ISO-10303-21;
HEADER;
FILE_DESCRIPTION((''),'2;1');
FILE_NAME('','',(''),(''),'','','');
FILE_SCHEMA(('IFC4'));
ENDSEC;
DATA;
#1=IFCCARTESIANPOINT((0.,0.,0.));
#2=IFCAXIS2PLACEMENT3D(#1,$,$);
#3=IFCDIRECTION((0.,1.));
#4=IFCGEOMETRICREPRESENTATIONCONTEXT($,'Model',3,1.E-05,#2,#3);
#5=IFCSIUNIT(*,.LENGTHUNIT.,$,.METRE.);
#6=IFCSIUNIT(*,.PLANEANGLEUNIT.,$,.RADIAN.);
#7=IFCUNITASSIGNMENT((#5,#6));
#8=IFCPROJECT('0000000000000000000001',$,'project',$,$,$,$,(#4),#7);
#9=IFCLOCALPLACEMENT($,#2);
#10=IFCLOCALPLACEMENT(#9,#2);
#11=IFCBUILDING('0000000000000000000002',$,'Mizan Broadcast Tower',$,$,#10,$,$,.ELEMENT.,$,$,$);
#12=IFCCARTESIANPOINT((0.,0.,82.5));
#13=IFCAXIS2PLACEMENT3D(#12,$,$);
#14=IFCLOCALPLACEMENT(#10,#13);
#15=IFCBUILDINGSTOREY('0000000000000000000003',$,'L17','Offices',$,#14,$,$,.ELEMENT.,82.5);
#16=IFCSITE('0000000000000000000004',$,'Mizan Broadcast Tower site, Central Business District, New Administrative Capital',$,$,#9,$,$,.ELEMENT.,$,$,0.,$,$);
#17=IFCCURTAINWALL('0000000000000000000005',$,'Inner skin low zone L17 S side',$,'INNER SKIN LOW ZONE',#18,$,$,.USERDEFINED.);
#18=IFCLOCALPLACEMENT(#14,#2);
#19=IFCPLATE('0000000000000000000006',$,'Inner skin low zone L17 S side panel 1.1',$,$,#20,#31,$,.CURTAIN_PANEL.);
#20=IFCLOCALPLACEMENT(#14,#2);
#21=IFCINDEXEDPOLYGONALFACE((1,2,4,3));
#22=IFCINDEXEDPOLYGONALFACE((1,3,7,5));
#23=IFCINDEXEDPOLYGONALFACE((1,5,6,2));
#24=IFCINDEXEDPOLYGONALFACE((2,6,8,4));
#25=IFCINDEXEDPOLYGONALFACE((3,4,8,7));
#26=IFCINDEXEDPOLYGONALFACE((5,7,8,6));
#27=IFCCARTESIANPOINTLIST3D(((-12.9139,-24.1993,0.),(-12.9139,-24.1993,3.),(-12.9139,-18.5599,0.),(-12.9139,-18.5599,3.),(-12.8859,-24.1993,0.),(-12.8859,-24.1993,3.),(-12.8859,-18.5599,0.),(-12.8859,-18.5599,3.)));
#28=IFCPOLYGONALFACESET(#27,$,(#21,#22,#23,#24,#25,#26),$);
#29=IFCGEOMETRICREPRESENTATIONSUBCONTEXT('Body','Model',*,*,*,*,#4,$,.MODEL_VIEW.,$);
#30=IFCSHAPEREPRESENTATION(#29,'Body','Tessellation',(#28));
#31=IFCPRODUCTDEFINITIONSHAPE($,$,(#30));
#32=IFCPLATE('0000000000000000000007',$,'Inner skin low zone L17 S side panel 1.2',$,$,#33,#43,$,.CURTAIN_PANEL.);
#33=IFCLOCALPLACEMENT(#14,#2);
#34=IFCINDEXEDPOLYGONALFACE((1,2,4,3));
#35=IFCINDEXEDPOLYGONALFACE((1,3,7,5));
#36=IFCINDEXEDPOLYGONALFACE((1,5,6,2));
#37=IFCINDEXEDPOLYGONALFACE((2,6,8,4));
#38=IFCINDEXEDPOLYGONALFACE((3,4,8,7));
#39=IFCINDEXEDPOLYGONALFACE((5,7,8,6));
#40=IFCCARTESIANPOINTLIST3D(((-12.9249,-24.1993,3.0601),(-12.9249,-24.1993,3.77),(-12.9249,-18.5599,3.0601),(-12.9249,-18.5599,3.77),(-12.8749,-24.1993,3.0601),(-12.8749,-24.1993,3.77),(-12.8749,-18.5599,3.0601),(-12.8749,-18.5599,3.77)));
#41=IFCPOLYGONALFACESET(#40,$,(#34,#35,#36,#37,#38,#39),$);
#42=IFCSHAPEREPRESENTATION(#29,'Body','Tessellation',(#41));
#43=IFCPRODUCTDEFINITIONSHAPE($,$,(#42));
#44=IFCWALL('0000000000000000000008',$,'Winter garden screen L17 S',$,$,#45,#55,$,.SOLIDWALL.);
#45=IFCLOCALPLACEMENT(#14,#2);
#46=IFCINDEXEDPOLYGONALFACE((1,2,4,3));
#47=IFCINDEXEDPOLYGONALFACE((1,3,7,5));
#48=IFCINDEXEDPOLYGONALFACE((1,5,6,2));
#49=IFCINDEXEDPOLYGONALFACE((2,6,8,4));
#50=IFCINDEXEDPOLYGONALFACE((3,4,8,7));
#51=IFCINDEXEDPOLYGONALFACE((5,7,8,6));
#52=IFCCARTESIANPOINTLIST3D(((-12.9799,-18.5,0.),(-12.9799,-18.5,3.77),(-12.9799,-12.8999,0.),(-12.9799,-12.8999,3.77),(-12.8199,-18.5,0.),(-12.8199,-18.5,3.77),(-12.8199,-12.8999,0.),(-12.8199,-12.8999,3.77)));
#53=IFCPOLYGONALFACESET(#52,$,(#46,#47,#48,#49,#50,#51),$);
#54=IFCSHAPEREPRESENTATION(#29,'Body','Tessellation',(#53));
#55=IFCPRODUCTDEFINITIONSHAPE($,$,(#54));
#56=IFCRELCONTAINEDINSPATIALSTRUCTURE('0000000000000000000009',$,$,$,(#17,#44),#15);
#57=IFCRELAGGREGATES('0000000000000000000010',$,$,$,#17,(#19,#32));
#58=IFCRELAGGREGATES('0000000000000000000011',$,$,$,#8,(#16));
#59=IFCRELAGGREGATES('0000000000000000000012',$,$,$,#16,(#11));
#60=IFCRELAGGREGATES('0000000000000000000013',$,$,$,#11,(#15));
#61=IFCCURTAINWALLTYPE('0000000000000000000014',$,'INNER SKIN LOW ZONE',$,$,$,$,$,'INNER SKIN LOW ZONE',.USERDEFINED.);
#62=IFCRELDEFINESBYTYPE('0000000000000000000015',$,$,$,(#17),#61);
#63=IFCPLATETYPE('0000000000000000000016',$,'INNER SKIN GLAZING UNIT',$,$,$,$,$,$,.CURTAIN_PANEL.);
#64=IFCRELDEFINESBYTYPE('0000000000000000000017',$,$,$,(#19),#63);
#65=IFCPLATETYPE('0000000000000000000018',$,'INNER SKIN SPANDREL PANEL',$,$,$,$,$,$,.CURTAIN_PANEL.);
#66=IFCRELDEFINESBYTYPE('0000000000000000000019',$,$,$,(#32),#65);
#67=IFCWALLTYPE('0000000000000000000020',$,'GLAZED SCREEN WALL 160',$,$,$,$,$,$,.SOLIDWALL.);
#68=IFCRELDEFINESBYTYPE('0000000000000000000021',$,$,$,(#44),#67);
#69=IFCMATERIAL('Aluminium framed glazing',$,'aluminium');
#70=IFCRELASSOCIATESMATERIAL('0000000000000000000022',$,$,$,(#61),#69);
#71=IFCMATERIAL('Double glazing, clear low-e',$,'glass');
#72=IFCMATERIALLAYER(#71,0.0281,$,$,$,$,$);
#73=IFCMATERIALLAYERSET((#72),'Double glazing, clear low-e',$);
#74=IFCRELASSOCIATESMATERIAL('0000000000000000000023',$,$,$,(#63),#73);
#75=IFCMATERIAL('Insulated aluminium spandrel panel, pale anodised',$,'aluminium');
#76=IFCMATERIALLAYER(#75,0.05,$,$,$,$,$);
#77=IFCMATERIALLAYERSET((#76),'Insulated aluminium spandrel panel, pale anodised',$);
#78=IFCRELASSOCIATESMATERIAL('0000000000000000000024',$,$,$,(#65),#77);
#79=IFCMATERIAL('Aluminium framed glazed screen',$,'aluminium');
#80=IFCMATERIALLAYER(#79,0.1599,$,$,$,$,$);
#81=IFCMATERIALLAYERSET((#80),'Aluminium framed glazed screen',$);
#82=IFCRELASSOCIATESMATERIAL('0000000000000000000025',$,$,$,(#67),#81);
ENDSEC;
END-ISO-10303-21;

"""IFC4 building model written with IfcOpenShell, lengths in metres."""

from ifc_helpers import new_model, si_unit, direction, frame, frame_2d, origin, origin_2d, place, context, subcontext, project, spatial, rectangle, extrude, material, layer, layer_set, type_object, element, aggregate, save


model = new_model("IFC4")

# Units and contexts
model_context = context("Model", 3, precision=1e-05, world=origin(), true_north=direction((0.0, 1.0)))
body_context = subcontext(model_context, "Body", "Model", "MODEL_VIEW")
ifc_project = project(units=[si_unit("LENGTHUNIT", "METRE"), si_unit("PLANEANGLEUNIT", "RADIAN")], contexts=[model_context])

# Site, building, storey
site_placement = place(None, origin())
site = spatial("IfcSite", under=ifc_project, at=site_placement, Name="Mizan Broadcast Tower site, Central Business District, New Administrative Capital", CompositionType="ELEMENT", RefElevation=0.0)
building_placement = place(site_placement, origin())
building = spatial("IfcBuilding", under=site, at=building_placement, Name="Mizan Broadcast Tower", CompositionType="ELEMENT")
storey_placement = place(building_placement, frame((0.0, 0.0, 82.5)))
storey = spatial("IfcBuildingStorey", under=building, at=storey_placement, Name="L17", Description="Offices", CompositionType="ELEMENT", Elevation=82.5)

# Curtain wall
ifc_material_1 = material(Name="Aluminium framed glazing", Category="aluminium")
curtain_wall_type_1 = type_object("IfcCurtainWallType", Name="INNER SKIN LOW ZONE", ElementType="INNER SKIN LOW ZONE", PredefinedType="USERDEFINED", material=ifc_material_1)
curtain_wall_1_placement = place(storey_placement, origin())
curtain_wall_1 = element("IfcCurtainWall", 1, at=curtain_wall_1_placement, inside=storey, type_object=curtain_wall_type_1, Name="Inner skin low zone L17 S side", ObjectType="INNER SKIN LOW ZONE", PredefinedType="USERDEFINED")

# Plates
ifc_material_2 = material(Name="Double glazing, clear low-e", Category="glass")
ifc_layer_1 = layer(ifc_material_2, 0.0281)
ifc_layer_set_1 = layer_set([ifc_layer_1], Name="Double glazing, clear low-e")
plate_type_1 = type_object("IfcPlateType", Name="INNER SKIN GLAZING UNIT", PredefinedType="CURTAIN_PANEL", material=ifc_layer_set_1)
plate_1_placement = place(storey_placement, frame((-12.8999, -21.3796, 0.0), z_axis=(0.0, 0.0, 1.0), x_axis=(0.0, -1.0, 0.0)))
plate_1 = element("IfcPlate", 2, at=plate_1_placement, type_object=plate_type_1, Name="Inner skin low zone L17 S side panel 1.1", PredefinedType="CURTAIN_PANEL", context=body_context, shape_type="SweptSolid", body=[
    extrude(rectangle(XDim=5.6394, YDim=0.0281, at=origin_2d()), origin(), (0.0, 0.0, 1.0), 3.0),
])
ifc_material_3 = material(Name="Insulated aluminium spandrel panel, pale anodised", Category="aluminium")
ifc_layer_2 = layer(ifc_material_3, 0.05)
ifc_layer_set_2 = layer_set([ifc_layer_2], Name="Insulated aluminium spandrel panel, pale anodised")
plate_type_2 = type_object("IfcPlateType", Name="INNER SKIN SPANDREL PANEL", PredefinedType="CURTAIN_PANEL", material=ifc_layer_set_2)
plate_2_placement = place(storey_placement, frame((-12.8999, -21.3796, 3.0601), z_axis=(0.0, 0.0, 1.0), x_axis=(0.0, -1.0, 0.0)))
plate_2 = element("IfcPlate", 3, at=plate_2_placement, type_object=plate_type_2, Name="Inner skin low zone L17 S side panel 1.2", PredefinedType="CURTAIN_PANEL", context=body_context, shape_type="SweptSolid", body=[
    extrude(rectangle(XDim=5.6394, YDim=0.05, at=origin_2d()), origin(), (0.0, 0.0, 1.0), 0.71),
])
aggregate(curtain_wall_1, [plate_1, plate_2])

# Wall
ifc_material_4 = material(Name="Aluminium framed glazed screen", Category="aluminium")
ifc_layer_3 = layer(ifc_material_4, 0.1599)
ifc_layer_set_3 = layer_set([ifc_layer_3], Name="Aluminium framed glazed screen")
wall_type = type_object("IfcWallType", Name="GLAZED SCREEN WALL 160", PredefinedType="SOLIDWALL", material=ifc_layer_set_3)
wall_placement = place(storey_placement, frame((-12.8999, -12.8999, 0.0), z_axis=(0.0, 0.0, 1.0), x_axis=(0.0, -1.0, 0.0)))
element("IfcWall", 4, at=wall_placement, inside=storey, type_object=wall_type, Name="Winter garden screen L17 S", PredefinedType="SOLIDWALL", context=body_context, shape_type="SweptSolid", body=[
    extrude(rectangle(XDim=5.6001, YDim=0.1599, at=frame_2d((2.8, 0.0))), origin(), (0.0, 0.0, 1.0), 3.77),
])

save(model, "model.ifc")
